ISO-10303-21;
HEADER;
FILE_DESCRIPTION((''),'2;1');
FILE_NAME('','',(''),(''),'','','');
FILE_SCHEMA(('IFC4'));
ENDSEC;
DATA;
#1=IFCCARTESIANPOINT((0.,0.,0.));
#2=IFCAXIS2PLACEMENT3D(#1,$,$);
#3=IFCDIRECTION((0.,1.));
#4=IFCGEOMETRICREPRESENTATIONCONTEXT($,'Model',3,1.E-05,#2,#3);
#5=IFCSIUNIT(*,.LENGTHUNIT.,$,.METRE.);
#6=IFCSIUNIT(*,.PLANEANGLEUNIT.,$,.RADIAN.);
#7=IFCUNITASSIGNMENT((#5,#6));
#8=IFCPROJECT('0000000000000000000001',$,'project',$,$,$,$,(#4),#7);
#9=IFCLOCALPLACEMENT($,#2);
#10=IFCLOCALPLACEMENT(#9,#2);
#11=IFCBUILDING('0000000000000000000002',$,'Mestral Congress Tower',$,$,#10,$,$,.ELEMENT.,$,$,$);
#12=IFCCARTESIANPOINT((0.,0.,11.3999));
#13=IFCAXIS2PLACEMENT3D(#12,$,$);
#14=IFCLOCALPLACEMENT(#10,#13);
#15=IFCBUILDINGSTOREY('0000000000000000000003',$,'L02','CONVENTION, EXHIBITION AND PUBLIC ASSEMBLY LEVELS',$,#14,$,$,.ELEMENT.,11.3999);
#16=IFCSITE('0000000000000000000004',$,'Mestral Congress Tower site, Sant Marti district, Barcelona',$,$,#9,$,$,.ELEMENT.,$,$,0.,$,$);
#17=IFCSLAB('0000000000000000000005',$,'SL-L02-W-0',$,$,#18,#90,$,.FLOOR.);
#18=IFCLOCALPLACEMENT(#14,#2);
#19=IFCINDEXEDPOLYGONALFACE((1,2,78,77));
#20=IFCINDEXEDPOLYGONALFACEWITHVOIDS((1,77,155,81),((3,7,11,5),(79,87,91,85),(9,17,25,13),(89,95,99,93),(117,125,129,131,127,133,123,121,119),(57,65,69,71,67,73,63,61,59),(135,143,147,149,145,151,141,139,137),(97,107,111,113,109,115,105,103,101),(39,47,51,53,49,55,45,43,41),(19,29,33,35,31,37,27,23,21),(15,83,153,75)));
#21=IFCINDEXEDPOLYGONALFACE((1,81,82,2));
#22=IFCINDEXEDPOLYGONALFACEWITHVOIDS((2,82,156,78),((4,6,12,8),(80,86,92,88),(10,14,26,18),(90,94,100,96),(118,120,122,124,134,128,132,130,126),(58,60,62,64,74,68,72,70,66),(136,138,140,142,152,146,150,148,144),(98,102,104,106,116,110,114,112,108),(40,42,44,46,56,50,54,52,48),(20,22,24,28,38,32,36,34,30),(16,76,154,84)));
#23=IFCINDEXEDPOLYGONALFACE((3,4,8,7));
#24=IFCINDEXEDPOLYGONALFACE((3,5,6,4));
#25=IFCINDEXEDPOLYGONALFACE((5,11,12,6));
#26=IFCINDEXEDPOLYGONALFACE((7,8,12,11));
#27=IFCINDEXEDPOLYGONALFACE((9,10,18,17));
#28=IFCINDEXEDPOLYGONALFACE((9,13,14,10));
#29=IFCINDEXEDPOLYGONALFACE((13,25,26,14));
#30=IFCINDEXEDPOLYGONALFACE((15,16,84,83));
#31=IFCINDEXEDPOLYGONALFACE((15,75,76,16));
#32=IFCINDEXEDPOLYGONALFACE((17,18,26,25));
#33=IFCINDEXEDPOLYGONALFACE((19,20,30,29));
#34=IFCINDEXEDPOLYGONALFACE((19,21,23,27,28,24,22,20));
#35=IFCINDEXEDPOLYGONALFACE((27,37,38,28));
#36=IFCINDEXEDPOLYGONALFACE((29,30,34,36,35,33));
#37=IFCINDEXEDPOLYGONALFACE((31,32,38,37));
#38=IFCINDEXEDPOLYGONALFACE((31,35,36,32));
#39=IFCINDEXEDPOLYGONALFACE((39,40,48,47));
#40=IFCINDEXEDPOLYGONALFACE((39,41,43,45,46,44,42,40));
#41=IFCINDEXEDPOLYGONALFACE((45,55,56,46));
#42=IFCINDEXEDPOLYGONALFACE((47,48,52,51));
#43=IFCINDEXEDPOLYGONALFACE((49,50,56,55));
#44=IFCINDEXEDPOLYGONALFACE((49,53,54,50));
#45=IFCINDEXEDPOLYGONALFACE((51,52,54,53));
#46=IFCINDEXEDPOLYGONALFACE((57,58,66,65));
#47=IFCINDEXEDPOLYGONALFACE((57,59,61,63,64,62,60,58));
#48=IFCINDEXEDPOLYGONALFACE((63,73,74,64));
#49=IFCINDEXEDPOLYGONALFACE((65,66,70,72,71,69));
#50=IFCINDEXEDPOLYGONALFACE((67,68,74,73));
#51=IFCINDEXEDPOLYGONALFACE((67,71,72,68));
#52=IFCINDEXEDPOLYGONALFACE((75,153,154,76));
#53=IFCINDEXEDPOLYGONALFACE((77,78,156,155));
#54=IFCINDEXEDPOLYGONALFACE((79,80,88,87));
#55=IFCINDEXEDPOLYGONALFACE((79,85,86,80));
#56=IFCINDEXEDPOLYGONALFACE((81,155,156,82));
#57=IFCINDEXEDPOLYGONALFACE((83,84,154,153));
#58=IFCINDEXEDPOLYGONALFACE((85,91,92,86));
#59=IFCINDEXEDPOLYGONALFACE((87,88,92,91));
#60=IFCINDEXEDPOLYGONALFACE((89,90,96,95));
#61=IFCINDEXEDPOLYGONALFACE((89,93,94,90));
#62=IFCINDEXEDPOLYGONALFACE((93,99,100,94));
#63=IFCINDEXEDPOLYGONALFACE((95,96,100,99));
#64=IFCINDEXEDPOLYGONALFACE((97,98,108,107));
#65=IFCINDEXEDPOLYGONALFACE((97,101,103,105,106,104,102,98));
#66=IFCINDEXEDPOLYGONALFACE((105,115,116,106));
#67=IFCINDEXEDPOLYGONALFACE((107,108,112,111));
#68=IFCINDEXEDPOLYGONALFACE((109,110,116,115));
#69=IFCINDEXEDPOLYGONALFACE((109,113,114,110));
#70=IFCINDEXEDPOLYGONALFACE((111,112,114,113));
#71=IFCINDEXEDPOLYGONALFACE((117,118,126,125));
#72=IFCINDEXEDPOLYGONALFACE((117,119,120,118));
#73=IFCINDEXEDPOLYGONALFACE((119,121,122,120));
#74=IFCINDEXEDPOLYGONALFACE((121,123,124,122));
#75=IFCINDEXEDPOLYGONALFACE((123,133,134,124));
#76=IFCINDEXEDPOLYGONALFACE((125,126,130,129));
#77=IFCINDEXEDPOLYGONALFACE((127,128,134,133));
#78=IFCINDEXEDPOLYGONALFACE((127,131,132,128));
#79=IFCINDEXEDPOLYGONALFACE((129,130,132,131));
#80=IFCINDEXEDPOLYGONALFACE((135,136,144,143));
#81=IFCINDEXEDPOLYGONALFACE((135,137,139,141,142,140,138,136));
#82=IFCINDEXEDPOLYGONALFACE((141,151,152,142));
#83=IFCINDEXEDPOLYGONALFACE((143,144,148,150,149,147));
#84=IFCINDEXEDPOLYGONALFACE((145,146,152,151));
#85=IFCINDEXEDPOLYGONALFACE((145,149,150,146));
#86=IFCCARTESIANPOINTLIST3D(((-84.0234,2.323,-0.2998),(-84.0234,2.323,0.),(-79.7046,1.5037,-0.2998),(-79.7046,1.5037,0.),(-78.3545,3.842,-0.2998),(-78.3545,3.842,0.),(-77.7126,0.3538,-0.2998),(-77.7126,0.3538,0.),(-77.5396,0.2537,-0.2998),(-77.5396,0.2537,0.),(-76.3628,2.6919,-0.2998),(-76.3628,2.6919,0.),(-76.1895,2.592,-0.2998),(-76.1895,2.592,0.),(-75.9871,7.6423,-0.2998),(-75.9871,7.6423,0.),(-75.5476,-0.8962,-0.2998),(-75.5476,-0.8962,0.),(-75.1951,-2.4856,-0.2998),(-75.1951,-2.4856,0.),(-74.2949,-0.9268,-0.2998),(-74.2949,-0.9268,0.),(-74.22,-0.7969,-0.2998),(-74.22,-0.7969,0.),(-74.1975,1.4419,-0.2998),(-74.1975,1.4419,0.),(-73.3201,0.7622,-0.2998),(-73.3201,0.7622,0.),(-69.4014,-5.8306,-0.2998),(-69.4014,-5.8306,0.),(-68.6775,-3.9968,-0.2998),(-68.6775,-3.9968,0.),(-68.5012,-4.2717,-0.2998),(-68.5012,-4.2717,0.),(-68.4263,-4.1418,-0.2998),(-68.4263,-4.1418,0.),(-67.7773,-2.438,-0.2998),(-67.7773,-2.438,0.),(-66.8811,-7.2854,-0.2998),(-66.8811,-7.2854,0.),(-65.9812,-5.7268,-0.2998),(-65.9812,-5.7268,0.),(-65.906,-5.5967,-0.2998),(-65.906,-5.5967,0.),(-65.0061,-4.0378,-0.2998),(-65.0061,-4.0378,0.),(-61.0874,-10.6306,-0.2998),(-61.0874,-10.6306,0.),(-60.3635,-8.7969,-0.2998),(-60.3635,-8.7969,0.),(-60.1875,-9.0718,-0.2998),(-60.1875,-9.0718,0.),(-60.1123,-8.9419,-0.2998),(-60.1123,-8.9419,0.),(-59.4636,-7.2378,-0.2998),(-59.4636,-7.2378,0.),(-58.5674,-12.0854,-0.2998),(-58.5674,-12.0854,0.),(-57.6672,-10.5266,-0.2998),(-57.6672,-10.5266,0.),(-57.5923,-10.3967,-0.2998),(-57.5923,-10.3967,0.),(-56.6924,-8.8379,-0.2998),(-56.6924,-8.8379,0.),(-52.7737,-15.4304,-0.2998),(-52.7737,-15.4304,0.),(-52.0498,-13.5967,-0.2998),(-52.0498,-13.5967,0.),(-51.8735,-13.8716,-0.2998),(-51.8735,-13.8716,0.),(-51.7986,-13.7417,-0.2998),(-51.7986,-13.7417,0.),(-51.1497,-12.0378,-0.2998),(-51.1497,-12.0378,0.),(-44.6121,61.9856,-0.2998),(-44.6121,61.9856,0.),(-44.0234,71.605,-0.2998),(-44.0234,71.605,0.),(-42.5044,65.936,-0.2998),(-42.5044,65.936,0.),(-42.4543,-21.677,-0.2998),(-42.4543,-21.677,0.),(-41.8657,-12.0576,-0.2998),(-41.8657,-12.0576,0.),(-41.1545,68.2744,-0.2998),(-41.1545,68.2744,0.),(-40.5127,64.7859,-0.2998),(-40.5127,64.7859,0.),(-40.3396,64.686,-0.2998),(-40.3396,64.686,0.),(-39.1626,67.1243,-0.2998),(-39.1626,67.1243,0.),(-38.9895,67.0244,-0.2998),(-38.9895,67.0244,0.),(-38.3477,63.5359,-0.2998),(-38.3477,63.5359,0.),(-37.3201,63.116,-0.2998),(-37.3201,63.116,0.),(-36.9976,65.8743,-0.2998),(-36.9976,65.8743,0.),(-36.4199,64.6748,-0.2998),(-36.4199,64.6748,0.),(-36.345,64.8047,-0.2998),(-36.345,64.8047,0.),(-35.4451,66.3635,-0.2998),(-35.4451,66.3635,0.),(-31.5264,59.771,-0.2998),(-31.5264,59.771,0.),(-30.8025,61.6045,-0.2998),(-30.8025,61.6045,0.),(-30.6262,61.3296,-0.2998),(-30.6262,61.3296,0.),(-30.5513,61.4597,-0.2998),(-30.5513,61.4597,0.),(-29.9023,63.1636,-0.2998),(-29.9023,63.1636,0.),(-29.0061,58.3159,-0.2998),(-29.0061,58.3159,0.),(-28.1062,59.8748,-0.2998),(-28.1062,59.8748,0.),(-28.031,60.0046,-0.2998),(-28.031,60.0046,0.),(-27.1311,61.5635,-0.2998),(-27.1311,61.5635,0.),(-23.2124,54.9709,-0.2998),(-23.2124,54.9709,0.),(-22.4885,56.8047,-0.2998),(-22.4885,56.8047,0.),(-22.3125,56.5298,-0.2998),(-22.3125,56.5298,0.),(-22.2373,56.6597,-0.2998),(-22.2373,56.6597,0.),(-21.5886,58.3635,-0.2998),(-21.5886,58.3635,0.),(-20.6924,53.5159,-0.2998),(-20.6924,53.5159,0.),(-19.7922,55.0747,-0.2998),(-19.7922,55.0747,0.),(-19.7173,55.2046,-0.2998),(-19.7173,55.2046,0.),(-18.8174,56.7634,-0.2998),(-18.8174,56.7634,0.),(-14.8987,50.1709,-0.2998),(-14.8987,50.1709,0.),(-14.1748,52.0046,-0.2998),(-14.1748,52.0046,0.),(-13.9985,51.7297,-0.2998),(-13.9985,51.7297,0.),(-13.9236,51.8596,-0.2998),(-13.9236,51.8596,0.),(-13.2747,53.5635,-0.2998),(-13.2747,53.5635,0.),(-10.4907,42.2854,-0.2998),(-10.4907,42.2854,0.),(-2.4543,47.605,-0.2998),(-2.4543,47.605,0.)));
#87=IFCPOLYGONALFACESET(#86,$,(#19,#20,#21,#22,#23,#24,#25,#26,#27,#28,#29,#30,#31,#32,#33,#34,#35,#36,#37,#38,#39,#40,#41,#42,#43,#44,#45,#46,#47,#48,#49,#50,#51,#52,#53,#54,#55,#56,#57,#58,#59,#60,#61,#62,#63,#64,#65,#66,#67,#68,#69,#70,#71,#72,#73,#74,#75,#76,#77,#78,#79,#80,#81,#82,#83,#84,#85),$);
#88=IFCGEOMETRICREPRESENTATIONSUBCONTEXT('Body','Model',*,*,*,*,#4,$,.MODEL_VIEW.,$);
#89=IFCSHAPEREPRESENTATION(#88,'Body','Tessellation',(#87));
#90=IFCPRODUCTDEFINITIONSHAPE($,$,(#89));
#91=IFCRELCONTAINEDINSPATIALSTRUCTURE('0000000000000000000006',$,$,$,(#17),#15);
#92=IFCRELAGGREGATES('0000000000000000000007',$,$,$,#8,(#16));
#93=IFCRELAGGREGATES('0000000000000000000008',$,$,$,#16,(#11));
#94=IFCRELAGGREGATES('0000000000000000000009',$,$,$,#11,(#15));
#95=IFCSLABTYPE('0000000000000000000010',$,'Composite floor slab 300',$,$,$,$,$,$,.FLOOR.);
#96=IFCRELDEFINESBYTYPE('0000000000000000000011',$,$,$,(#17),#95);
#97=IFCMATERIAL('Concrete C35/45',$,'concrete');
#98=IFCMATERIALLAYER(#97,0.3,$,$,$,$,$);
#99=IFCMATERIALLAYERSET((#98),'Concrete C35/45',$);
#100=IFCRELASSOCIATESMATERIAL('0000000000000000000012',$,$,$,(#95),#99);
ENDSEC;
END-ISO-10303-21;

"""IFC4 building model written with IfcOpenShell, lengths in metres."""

from ifc_helpers import new_model, si_unit, direction, frame, origin, place, context, subcontext, project, spatial, polyline, outline, extrude, material, layer, layer_set, type_object, element, save


model = new_model("IFC4")

# Units and contexts
model_context = context("Model", 3, precision=1e-05, world=origin(), true_north=direction((0.0, 1.0)))
body_context = subcontext(model_context, "Body", "Model", "MODEL_VIEW")
ifc_project = project(units=[si_unit("LENGTHUNIT", "METRE"), si_unit("PLANEANGLEUNIT", "RADIAN")], contexts=[model_context])

# Site, building, storey
site_placement = place(None, origin())
site = spatial("IfcSite", under=ifc_project, at=site_placement, Name="Mestral Congress Tower site, Sant Marti district, Barcelona", CompositionType="ELEMENT", RefElevation=0.0)
building_placement = place(site_placement, origin())
building = spatial("IfcBuilding", under=site, at=building_placement, Name="Mestral Congress Tower", CompositionType="ELEMENT")
storey_placement = place(building_placement, frame((0.0, 0.0, 11.3999)))
storey = spatial("IfcBuildingStorey", under=building, at=storey_placement, Name="L02", Description="CONVENTION, EXHIBITION AND PUBLIC ASSEMBLY LEVELS", CompositionType="ELEMENT", Elevation=11.3999)

# Slab
ifc_material_1 = material(Name="Concrete C35/45", Category="concrete")
ifc_layer_1 = layer(ifc_material_1, 0.3)
ifc_layer_set_1 = layer_set([ifc_layer_1], Name="Concrete C35/45")
slab_type_1 = type_object("IfcSlabType", Name="Composite floor slab 300", PredefinedType="FLOOR", material=ifc_layer_set_1)
placement_1 = place(storey_placement, frame((0.0, 0.0, -0.2998)))
element("IfcSlab", 1, at=placement_1, inside=storey, type_object=slab_type_1, Name="SL-L02-W-0", PredefinedType="FLOOR", context=body_context, shape_type="SweptSolid", body=[
    extrude(outline(polyline([(-2.4543, 47.605), (-44.0234, 71.605), (-84.0234, 2.323), (-42.4543, -21.677), (-2.4543, 47.605)]), holes=[polyline([(-14.8987, 50.1709), (-20.6924, 53.5159), (-19.7922, 55.0747), (-19.7173, 55.2046), (-18.8174, 56.7634), (-13.2747, 53.5635), (-14.1748, 52.0046), (-13.9236, 51.8596), (-13.9985, 51.7297), (-14.8987, 50.1709)]), polyline([(-44.6121, 61.9856), (-10.4907, 42.2854), (-41.8657, -12.0576), (-75.9871, 7.6423), (-44.6121, 61.9856)]), polyline([(-23.2124, 54.9709), (-29.0061, 58.3159), (-28.1062, 59.8748), (-28.031, 60.0046), (-27.1311, 61.5635), (-21.5886, 58.3635), (-22.4885, 56.8047), (-22.2373, 56.6597), (-22.3125, 56.5298), (-23.2124, 54.9709)]), polyline([(-30.6262, 61.3296), (-31.5264, 59.771), (-37.3201, 63.116), (-36.4199, 64.6748), (-36.345, 64.8047), (-35.4451, 66.3635), (-29.9023, 63.1636), (-30.8025, 61.6045), (-30.5513, 61.4597), (-30.6262, 61.3296)]), polyline([(-40.3396, 64.686), (-38.9895, 67.0244), (-36.9976, 65.8743), (-38.3477, 63.5359), (-40.3396, 64.686)]), polyline([(-41.1545, 68.2744), (-39.1626, 67.1243), (-40.5127, 64.7859), (-42.5044, 65.936), (-41.1545, 68.2744)]), polyline([(-51.8735, -13.8716), (-52.7737, -15.4304), (-58.5674, -12.0854), (-57.6672, -10.5266), (-57.5923, -10.3967), (-56.6924, -8.8379), (-51.1497, -12.0378), (-52.0498, -13.5967), (-51.7986, -13.7417), (-51.8735, -13.8716)]), polyline([(-60.1875, -9.0718), (-61.0874, -10.6306), (-66.8811, -7.2854), (-65.9812, -5.7268), (-65.906, -5.5967), (-65.0061, -4.0378), (-59.4636, -7.2378), (-60.3635, -8.7969), (-60.1123, -8.9419), (-60.1875, -9.0718)]), polyline([(-69.4014, -5.8306), (-75.1951, -2.4856), (-74.2949, -0.9268), (-74.22, -0.7969), (-73.3201, 0.7622), (-67.7773, -2.438), (-68.6775, -3.9968), (-68.4263, -4.1418), (-68.5012, -4.2717), (-69.4014, -5.8306)]), polyline([(-77.5396, 0.2537), (-76.1895, 2.592), (-74.1975, 1.4419), (-75.5476, -0.8962), (-77.5396, 0.2537)]), polyline([(-79.7046, 1.5037), (-78.3545, 3.842), (-76.3628, 2.6919), (-77.7126, 0.3538), (-79.7046, 1.5037)])]), origin(), (0.0, 0.0, 1.0), 0.2998),
])

save(model, "model.ifc")
